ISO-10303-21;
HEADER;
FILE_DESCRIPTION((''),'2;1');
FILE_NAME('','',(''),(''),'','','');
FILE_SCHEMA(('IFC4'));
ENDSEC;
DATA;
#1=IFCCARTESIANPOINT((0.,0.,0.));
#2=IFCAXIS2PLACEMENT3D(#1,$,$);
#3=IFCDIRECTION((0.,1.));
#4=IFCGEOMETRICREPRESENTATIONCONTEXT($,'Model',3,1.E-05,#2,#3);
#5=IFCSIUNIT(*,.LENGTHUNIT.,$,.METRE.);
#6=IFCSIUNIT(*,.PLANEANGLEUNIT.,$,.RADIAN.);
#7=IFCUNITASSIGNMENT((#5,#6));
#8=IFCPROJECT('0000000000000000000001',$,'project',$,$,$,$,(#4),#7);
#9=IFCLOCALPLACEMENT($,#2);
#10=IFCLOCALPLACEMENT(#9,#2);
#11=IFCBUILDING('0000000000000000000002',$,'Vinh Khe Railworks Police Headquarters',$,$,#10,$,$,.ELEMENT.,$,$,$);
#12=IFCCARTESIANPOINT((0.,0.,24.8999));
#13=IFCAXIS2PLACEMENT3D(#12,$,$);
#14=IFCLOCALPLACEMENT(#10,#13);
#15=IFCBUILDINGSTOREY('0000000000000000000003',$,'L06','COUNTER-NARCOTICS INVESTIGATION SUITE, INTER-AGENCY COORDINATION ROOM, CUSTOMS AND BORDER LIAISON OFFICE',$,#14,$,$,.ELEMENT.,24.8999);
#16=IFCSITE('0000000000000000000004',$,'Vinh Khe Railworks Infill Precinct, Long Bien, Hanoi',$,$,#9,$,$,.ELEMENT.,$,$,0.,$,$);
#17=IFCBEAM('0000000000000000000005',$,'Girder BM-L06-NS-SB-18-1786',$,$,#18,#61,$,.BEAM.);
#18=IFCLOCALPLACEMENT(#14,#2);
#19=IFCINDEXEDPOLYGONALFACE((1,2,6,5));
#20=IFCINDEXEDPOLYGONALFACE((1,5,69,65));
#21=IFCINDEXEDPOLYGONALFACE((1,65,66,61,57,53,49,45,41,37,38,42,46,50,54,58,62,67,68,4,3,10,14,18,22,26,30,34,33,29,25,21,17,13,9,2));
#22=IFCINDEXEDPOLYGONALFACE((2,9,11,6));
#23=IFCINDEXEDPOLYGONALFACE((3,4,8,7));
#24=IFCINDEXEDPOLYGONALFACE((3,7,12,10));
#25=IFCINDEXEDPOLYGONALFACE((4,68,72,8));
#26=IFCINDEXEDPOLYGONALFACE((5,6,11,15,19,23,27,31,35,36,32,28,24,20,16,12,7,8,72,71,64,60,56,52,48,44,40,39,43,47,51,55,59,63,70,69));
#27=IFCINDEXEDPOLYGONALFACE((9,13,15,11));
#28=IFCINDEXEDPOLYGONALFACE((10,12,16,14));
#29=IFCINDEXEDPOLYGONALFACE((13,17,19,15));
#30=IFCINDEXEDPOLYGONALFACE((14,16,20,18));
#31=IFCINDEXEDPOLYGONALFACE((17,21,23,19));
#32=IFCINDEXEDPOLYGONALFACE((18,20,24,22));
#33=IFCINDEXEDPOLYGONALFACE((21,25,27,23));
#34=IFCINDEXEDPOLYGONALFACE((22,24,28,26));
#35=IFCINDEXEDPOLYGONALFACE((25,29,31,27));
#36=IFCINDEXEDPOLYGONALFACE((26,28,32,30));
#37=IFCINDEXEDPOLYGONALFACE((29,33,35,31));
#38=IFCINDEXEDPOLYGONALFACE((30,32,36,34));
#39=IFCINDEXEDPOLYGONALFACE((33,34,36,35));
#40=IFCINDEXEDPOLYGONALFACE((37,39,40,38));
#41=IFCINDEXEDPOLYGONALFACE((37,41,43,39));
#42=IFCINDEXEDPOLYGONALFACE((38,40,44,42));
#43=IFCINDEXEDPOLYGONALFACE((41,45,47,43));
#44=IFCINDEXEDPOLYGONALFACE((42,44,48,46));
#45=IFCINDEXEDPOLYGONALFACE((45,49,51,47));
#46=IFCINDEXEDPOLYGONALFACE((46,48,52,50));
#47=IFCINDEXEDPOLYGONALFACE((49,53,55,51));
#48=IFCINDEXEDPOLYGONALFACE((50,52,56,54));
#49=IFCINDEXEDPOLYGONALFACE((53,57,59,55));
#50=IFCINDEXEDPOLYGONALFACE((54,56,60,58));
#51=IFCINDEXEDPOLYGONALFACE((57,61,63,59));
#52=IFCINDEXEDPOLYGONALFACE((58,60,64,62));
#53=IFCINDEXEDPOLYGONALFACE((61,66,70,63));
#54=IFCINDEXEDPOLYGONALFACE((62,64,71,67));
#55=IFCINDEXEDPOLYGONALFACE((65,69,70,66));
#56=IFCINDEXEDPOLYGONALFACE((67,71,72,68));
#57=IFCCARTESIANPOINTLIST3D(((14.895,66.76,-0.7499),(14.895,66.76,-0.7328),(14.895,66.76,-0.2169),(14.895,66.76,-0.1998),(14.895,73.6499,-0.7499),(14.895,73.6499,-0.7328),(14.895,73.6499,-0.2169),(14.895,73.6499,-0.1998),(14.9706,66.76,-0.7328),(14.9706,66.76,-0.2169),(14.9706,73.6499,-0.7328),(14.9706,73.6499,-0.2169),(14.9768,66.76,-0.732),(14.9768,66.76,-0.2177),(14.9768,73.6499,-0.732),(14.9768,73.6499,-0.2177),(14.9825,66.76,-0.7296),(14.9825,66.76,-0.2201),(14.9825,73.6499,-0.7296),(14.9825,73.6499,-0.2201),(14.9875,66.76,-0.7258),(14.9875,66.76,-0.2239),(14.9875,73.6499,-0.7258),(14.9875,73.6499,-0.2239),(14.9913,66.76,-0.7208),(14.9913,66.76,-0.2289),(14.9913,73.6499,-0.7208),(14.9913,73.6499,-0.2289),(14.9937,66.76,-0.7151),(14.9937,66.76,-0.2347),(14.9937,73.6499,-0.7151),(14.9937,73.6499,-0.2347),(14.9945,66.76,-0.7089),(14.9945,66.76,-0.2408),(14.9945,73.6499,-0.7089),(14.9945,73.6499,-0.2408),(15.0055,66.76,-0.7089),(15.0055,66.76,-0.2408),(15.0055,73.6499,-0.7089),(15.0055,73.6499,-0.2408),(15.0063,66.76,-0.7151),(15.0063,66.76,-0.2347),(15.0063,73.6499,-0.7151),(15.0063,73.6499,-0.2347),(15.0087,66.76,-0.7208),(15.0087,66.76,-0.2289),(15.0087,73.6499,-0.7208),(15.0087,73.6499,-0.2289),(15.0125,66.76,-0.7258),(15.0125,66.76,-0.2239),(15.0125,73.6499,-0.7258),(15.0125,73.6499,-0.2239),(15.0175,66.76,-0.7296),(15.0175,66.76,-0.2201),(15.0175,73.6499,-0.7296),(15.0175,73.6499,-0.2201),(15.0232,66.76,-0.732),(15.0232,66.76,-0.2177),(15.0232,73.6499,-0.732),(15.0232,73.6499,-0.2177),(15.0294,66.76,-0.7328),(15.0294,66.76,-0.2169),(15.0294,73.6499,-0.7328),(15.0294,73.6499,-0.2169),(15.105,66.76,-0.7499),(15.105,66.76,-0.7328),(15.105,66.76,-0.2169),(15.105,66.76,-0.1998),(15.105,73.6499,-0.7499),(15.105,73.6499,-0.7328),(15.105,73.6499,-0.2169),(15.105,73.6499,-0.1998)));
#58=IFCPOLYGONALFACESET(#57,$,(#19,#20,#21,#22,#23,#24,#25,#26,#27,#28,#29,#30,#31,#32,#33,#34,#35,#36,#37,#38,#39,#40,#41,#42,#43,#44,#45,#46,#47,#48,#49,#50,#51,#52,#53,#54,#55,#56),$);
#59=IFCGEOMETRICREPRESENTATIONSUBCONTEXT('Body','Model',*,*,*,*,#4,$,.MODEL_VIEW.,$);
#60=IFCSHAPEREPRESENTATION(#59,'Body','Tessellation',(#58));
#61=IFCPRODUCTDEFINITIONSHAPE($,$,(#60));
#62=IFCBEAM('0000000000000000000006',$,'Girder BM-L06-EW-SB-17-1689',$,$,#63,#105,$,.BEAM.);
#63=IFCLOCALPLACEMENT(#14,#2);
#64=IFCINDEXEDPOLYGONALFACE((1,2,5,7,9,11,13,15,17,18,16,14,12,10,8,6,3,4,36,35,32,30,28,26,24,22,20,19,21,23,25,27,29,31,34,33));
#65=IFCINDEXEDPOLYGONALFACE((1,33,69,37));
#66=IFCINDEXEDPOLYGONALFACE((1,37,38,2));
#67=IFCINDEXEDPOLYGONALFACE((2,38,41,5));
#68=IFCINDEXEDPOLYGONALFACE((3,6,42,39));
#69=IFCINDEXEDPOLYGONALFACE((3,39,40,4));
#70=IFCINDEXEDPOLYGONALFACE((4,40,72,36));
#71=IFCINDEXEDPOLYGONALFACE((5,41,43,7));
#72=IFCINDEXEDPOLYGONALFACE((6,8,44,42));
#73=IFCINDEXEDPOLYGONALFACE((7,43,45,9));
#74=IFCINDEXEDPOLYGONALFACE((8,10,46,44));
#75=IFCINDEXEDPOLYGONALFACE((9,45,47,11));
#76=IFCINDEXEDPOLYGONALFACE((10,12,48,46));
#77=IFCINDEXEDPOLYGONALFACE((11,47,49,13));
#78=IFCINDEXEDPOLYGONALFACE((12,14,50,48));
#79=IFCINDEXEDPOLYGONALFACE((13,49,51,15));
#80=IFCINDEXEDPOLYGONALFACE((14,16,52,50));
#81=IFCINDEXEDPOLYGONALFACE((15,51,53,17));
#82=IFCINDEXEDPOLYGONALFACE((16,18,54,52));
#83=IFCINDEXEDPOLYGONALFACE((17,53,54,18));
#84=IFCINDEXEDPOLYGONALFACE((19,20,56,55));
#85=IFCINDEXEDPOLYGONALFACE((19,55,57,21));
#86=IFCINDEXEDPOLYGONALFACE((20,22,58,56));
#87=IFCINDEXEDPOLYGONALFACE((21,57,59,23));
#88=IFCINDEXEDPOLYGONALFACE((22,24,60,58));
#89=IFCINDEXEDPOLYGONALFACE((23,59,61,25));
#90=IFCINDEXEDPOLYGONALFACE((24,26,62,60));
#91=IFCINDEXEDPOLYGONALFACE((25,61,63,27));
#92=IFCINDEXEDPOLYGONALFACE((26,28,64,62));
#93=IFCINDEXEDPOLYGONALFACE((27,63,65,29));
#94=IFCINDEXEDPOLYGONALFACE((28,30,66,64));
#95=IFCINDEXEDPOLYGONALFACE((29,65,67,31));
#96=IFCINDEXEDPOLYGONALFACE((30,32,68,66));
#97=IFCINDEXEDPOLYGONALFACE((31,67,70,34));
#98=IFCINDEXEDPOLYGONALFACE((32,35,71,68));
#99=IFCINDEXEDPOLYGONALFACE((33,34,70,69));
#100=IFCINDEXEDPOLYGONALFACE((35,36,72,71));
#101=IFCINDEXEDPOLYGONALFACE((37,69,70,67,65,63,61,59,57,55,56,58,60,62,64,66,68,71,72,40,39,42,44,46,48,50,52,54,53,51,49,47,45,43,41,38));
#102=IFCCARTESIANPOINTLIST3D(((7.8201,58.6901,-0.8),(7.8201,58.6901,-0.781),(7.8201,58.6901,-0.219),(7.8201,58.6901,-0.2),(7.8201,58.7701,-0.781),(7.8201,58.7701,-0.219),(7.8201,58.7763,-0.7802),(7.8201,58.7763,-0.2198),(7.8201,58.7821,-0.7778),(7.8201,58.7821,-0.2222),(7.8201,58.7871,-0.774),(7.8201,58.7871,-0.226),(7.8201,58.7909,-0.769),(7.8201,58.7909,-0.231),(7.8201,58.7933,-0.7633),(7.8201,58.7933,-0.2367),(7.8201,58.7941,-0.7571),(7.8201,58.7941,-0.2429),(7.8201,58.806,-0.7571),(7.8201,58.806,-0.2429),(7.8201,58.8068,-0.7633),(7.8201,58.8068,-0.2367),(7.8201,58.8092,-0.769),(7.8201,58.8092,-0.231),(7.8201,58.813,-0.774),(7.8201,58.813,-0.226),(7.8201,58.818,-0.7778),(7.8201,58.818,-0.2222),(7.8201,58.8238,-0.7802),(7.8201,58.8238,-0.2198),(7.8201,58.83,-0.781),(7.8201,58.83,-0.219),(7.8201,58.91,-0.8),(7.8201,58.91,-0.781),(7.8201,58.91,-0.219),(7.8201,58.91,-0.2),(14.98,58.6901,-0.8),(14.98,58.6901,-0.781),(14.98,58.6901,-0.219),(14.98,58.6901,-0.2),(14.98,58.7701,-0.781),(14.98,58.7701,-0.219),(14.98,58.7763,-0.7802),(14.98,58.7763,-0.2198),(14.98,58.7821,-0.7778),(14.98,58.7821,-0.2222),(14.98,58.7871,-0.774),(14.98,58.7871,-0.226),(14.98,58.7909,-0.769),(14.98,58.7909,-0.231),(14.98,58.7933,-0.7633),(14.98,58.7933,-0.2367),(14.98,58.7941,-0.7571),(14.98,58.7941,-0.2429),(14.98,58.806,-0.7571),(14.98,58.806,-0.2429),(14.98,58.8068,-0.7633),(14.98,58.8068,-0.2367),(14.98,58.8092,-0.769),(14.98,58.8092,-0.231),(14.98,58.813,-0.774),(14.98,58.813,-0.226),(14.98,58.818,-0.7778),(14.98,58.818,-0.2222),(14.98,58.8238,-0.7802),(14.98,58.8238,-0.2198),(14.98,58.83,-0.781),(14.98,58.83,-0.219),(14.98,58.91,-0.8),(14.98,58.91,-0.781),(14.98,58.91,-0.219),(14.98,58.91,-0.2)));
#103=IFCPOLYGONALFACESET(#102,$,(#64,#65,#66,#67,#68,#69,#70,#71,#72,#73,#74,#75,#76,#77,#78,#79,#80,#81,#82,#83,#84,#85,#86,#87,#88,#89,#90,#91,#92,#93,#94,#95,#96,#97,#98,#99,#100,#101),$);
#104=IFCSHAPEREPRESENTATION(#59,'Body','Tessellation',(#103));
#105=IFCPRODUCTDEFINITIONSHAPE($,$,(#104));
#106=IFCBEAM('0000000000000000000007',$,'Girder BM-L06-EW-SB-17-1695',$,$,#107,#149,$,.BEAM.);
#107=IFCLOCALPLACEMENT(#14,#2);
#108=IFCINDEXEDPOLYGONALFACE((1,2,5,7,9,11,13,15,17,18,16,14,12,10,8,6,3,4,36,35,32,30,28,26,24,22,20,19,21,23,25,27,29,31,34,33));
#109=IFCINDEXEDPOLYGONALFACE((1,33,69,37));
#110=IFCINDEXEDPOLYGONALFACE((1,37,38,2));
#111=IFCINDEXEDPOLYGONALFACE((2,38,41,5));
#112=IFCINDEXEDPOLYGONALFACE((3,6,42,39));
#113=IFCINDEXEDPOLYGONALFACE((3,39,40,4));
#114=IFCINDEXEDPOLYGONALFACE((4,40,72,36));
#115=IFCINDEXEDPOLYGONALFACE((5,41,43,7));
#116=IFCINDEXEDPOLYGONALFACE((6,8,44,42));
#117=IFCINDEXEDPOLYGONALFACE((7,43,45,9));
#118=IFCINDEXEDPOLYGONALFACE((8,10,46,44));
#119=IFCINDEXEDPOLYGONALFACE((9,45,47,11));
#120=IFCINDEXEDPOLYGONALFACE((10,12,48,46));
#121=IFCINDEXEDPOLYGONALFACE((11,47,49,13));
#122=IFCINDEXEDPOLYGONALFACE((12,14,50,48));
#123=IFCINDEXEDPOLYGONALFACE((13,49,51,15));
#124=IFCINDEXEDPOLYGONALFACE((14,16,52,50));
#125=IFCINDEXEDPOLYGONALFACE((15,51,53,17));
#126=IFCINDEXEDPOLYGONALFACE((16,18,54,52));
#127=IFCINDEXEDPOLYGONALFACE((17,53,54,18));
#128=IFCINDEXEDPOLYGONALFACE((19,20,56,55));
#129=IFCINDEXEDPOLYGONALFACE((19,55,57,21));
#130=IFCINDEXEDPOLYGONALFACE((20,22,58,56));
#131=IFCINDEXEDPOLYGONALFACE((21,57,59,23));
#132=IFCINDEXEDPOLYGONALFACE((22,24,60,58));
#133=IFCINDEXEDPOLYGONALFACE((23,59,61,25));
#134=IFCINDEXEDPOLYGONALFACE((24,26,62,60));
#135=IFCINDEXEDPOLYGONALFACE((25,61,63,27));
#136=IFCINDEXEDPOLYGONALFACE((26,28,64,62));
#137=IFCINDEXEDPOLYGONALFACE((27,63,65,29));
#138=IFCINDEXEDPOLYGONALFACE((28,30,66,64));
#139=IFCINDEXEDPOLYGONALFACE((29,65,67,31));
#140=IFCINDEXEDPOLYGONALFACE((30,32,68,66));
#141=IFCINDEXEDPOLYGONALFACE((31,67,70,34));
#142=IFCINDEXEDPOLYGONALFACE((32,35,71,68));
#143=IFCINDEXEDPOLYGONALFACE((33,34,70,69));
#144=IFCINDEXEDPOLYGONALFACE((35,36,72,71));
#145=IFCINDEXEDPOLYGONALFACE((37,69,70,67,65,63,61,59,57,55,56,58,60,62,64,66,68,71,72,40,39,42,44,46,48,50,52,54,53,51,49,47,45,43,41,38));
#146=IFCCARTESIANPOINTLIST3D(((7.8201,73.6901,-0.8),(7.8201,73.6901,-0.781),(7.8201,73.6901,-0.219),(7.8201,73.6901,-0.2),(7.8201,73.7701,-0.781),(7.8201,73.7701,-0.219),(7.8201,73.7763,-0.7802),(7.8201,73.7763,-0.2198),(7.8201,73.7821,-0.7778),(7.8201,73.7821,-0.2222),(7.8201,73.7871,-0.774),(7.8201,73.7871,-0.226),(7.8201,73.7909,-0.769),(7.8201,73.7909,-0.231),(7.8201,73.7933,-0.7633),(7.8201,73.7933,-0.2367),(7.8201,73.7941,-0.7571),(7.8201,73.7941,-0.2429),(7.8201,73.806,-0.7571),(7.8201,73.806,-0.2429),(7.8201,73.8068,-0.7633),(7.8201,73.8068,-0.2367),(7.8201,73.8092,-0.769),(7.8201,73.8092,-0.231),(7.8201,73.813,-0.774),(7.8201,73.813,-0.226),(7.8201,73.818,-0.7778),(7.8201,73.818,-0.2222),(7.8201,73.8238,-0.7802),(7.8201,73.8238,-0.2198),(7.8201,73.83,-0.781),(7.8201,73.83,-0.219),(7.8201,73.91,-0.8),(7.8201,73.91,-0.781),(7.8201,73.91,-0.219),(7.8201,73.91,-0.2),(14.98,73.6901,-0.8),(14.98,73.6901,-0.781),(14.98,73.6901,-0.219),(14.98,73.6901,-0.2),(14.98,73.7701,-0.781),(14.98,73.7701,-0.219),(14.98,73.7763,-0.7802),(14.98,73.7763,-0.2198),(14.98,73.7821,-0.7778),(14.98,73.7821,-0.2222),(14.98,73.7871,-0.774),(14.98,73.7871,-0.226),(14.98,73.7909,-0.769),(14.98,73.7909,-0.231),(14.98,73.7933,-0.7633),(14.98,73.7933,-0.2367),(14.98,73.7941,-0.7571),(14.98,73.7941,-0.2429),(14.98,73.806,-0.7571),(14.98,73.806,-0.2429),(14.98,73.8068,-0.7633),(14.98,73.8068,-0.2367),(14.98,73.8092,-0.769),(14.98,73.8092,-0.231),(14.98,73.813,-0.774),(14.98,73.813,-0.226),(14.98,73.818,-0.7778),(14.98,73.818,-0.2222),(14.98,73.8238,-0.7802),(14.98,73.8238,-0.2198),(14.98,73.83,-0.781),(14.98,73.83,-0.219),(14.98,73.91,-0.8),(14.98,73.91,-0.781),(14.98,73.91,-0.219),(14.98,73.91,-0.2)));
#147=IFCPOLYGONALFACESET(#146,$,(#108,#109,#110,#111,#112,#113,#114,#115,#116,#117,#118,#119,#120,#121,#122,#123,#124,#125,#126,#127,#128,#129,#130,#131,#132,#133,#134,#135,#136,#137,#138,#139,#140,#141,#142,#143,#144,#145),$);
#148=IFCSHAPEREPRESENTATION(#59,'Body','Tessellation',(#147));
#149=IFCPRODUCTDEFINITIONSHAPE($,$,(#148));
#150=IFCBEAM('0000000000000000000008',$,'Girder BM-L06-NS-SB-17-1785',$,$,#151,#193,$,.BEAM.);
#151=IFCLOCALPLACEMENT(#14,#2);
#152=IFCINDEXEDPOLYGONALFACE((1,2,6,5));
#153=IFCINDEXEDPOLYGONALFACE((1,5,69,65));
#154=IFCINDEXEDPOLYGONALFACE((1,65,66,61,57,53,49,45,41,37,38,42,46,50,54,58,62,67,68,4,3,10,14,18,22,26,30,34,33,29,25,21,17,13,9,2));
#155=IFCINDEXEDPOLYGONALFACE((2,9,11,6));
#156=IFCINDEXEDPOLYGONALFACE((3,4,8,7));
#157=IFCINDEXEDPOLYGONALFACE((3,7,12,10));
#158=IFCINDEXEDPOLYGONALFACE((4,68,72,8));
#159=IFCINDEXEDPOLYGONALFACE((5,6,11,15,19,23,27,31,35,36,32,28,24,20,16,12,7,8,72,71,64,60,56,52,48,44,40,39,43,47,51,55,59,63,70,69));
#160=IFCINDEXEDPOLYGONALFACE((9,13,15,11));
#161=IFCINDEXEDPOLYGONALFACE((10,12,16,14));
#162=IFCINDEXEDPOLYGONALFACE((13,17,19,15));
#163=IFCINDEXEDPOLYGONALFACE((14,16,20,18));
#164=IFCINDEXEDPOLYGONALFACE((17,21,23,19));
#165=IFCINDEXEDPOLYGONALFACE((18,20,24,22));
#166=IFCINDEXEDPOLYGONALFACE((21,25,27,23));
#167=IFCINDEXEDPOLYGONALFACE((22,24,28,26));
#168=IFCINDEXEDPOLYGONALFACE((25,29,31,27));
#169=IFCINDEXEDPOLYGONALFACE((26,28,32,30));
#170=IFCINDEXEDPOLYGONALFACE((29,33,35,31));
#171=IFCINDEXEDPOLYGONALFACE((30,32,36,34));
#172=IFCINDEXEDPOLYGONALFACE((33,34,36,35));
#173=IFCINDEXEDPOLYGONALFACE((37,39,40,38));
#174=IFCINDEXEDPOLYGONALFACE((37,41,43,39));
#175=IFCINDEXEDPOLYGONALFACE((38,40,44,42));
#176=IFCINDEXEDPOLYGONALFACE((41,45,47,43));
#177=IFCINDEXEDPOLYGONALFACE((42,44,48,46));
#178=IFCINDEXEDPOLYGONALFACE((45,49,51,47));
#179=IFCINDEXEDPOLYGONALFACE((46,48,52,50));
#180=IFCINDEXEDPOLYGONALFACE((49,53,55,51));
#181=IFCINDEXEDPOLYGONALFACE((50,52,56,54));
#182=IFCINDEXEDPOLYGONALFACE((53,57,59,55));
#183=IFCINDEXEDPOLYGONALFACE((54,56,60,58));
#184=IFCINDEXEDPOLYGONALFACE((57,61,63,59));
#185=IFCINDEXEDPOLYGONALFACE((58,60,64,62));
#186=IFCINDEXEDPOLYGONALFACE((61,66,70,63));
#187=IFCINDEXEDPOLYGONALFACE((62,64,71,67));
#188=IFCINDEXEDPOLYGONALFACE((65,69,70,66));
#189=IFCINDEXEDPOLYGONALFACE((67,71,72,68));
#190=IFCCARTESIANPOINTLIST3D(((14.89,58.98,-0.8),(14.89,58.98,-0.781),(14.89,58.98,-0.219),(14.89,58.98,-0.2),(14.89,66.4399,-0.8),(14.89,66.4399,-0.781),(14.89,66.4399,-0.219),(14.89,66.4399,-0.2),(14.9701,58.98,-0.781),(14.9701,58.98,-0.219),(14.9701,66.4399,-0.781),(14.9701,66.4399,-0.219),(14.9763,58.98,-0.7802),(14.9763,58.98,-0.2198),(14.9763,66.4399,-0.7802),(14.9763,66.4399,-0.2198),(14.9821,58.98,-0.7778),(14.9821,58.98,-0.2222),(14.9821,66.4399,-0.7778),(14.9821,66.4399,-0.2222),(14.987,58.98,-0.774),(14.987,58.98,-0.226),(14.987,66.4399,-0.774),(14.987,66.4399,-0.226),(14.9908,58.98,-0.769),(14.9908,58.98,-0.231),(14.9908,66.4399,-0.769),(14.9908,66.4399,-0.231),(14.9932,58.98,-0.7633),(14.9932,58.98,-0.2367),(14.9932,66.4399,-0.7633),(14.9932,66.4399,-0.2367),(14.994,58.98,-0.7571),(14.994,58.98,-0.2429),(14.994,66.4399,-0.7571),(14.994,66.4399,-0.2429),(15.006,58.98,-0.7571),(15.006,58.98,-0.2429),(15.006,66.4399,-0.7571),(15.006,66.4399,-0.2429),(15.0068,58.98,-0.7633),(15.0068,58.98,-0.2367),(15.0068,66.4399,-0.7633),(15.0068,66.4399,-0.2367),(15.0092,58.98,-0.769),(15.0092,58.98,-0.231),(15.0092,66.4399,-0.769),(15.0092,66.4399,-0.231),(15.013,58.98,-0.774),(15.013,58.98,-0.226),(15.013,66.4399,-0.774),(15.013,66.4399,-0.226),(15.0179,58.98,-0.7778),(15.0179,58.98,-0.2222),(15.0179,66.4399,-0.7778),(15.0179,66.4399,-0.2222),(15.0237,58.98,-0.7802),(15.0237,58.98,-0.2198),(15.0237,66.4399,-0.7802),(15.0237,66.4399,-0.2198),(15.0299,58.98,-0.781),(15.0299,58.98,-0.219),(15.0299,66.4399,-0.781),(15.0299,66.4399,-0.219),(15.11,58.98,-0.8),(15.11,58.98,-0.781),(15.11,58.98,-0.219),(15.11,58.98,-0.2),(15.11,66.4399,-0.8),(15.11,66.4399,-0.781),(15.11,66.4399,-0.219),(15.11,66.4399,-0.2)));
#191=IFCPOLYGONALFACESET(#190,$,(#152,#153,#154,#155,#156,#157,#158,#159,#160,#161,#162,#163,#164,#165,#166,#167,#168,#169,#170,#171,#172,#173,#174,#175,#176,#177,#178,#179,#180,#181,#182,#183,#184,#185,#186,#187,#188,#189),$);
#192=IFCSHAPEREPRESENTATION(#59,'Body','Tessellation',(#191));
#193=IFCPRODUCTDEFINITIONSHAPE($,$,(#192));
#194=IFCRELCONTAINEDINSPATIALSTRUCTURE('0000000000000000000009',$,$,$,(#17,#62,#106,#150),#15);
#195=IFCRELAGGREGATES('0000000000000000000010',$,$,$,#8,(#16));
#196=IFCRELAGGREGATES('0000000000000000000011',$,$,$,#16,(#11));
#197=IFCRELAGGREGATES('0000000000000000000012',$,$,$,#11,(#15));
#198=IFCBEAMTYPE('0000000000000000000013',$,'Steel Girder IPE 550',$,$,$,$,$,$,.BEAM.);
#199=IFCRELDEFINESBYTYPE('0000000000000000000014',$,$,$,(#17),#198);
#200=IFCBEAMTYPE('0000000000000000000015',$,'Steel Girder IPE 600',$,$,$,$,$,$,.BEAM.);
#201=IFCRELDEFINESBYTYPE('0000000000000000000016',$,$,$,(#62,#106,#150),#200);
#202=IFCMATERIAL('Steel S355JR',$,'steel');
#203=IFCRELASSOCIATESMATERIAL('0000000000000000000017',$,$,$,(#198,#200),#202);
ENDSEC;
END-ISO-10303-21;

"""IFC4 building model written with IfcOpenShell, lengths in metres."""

from ifc_helpers import new_model, si_unit, direction, frame, origin, origin_2d, place, context, subcontext, project, spatial, i_section, extrude, material, material_profile, profile_set, type_object, element, save


model = new_model("IFC4")

# Units and contexts
model_context = context("Model", 3, precision=1e-05, world=origin(), true_north=direction((0.0, 1.0)))
body_context = subcontext(model_context, "Body", "Model", "MODEL_VIEW")
ifc_project = project(units=[si_unit("LENGTHUNIT", "METRE"), si_unit("PLANEANGLEUNIT", "RADIAN")], contexts=[model_context])

# Site, building, storey
site_placement = place(None, origin())
site = spatial("IfcSite", under=ifc_project, at=site_placement, Name="Vinh Khe Railworks Infill Precinct, Long Bien, Hanoi", CompositionType="ELEMENT", RefElevation=0.0)
building_placement = place(site_placement, origin())
building = spatial("IfcBuilding", under=site, at=building_placement, Name="Vinh Khe Railworks Police Headquarters", CompositionType="ELEMENT")
storey_placement = place(building_placement, frame((0.0, 0.0, 24.8999)))
storey = spatial("IfcBuildingStorey", under=building, at=storey_placement, Name="L06", Description="COUNTER-NARCOTICS INVESTIGATION SUITE, INTER-AGENCY COORDINATION ROOM, CUSTOMS AND BORDER LIAISON OFFICE", CompositionType="ELEMENT", Elevation=24.8999)

# Shared definitions
ifc_material_1 = material(Name="Steel S355JR", Category="steel")

# Beams
ifc_material_profile_1 = material_profile(ifc_material_1, i_section(OverallWidth=0.21, OverallDepth=0.55, WebThickness=0.011, FlangeThickness=0.0171, FilletRadius=0.0239, at=origin_2d()), Name="IPE 550")
ifc_profile_set_1 = profile_set([ifc_material_profile_1], Name="Steel S355JR")
beam_type_1 = type_object("IfcBeamType", Name="Steel Girder IPE 550", PredefinedType="BEAM", material=ifc_profile_set_1)
beam_1_placement = place(storey_placement, frame((15.0, 66.76, -0.4749), z_axis=(0.0, 1.0, 0.0), x_axis=(-1.0, 0.0, 0.0)))
element("IfcBeam", 1, at=beam_1_placement, inside=storey, type_object=beam_type_1, Name="Girder BM-L06-NS-SB-18-1786", PredefinedType="BEAM", context=body_context, shape_type="SweptSolid", body=[
    extrude(i_section(OverallWidth=0.21, OverallDepth=0.55, WebThickness=0.011, FlangeThickness=0.0171, FilletRadius=0.0239, at=origin_2d()), origin(), (0.0, 0.0, 1.0), 6.8899),
])
ifc_material_profile_2 = material_profile(ifc_material_1, i_section(OverallWidth=0.22, OverallDepth=0.6001, WebThickness=0.012, FlangeThickness=0.019, FilletRadius=0.0239, at=origin_2d()), Name="IPE 600")
ifc_profile_set_2 = profile_set([ifc_material_profile_2], Name="Steel S355JR")
beam_type_2 = type_object("IfcBeamType", Name="Steel Girder IPE 600", PredefinedType="BEAM", material=ifc_profile_set_2)
for number, where, z_axis, x_axis, name in (
    (2, (7.8201, 58.8, -0.5), (1.0, 0.0, 0.0), (0.0, 1.0, 0.0), "Girder BM-L06-EW-SB-17-1689"),
    (3, (7.8201, 73.8, -0.5), (1.0, 0.0, 0.0), (0.0, 1.0, 0.0), "Girder BM-L06-EW-SB-17-1695"),
):
    element("IfcBeam", number, at=place(storey_placement, frame(where, z_axis=z_axis, x_axis=x_axis)), inside=storey, type_object=beam_type_2, Name=name, PredefinedType="BEAM", context=body_context, shape_type="SweptSolid", body=[
        extrude(i_section(OverallWidth=0.22, OverallDepth=0.6001, WebThickness=0.012, FlangeThickness=0.019, FilletRadius=0.0239, at=origin_2d()), origin(), (0.0, 0.0, 1.0), 7.1599),
    ])
beam_2_placement = place(storey_placement, frame((15.0, 58.98, -0.5), z_axis=(0.0, 1.0, 0.0), x_axis=(-1.0, 0.0, 0.0)))
element("IfcBeam", 4, at=beam_2_placement, inside=storey, type_object=beam_type_2, Name="Girder BM-L06-NS-SB-17-1785", PredefinedType="BEAM", context=body_context, shape_type="SweptSolid", body=[
    extrude(i_section(OverallWidth=0.22, OverallDepth=0.6001, WebThickness=0.012, FlangeThickness=0.019, FilletRadius=0.0239, at=origin_2d()), origin(), (0.0, 0.0, 1.0), 7.46),
])

save(model, "model.ifc")
